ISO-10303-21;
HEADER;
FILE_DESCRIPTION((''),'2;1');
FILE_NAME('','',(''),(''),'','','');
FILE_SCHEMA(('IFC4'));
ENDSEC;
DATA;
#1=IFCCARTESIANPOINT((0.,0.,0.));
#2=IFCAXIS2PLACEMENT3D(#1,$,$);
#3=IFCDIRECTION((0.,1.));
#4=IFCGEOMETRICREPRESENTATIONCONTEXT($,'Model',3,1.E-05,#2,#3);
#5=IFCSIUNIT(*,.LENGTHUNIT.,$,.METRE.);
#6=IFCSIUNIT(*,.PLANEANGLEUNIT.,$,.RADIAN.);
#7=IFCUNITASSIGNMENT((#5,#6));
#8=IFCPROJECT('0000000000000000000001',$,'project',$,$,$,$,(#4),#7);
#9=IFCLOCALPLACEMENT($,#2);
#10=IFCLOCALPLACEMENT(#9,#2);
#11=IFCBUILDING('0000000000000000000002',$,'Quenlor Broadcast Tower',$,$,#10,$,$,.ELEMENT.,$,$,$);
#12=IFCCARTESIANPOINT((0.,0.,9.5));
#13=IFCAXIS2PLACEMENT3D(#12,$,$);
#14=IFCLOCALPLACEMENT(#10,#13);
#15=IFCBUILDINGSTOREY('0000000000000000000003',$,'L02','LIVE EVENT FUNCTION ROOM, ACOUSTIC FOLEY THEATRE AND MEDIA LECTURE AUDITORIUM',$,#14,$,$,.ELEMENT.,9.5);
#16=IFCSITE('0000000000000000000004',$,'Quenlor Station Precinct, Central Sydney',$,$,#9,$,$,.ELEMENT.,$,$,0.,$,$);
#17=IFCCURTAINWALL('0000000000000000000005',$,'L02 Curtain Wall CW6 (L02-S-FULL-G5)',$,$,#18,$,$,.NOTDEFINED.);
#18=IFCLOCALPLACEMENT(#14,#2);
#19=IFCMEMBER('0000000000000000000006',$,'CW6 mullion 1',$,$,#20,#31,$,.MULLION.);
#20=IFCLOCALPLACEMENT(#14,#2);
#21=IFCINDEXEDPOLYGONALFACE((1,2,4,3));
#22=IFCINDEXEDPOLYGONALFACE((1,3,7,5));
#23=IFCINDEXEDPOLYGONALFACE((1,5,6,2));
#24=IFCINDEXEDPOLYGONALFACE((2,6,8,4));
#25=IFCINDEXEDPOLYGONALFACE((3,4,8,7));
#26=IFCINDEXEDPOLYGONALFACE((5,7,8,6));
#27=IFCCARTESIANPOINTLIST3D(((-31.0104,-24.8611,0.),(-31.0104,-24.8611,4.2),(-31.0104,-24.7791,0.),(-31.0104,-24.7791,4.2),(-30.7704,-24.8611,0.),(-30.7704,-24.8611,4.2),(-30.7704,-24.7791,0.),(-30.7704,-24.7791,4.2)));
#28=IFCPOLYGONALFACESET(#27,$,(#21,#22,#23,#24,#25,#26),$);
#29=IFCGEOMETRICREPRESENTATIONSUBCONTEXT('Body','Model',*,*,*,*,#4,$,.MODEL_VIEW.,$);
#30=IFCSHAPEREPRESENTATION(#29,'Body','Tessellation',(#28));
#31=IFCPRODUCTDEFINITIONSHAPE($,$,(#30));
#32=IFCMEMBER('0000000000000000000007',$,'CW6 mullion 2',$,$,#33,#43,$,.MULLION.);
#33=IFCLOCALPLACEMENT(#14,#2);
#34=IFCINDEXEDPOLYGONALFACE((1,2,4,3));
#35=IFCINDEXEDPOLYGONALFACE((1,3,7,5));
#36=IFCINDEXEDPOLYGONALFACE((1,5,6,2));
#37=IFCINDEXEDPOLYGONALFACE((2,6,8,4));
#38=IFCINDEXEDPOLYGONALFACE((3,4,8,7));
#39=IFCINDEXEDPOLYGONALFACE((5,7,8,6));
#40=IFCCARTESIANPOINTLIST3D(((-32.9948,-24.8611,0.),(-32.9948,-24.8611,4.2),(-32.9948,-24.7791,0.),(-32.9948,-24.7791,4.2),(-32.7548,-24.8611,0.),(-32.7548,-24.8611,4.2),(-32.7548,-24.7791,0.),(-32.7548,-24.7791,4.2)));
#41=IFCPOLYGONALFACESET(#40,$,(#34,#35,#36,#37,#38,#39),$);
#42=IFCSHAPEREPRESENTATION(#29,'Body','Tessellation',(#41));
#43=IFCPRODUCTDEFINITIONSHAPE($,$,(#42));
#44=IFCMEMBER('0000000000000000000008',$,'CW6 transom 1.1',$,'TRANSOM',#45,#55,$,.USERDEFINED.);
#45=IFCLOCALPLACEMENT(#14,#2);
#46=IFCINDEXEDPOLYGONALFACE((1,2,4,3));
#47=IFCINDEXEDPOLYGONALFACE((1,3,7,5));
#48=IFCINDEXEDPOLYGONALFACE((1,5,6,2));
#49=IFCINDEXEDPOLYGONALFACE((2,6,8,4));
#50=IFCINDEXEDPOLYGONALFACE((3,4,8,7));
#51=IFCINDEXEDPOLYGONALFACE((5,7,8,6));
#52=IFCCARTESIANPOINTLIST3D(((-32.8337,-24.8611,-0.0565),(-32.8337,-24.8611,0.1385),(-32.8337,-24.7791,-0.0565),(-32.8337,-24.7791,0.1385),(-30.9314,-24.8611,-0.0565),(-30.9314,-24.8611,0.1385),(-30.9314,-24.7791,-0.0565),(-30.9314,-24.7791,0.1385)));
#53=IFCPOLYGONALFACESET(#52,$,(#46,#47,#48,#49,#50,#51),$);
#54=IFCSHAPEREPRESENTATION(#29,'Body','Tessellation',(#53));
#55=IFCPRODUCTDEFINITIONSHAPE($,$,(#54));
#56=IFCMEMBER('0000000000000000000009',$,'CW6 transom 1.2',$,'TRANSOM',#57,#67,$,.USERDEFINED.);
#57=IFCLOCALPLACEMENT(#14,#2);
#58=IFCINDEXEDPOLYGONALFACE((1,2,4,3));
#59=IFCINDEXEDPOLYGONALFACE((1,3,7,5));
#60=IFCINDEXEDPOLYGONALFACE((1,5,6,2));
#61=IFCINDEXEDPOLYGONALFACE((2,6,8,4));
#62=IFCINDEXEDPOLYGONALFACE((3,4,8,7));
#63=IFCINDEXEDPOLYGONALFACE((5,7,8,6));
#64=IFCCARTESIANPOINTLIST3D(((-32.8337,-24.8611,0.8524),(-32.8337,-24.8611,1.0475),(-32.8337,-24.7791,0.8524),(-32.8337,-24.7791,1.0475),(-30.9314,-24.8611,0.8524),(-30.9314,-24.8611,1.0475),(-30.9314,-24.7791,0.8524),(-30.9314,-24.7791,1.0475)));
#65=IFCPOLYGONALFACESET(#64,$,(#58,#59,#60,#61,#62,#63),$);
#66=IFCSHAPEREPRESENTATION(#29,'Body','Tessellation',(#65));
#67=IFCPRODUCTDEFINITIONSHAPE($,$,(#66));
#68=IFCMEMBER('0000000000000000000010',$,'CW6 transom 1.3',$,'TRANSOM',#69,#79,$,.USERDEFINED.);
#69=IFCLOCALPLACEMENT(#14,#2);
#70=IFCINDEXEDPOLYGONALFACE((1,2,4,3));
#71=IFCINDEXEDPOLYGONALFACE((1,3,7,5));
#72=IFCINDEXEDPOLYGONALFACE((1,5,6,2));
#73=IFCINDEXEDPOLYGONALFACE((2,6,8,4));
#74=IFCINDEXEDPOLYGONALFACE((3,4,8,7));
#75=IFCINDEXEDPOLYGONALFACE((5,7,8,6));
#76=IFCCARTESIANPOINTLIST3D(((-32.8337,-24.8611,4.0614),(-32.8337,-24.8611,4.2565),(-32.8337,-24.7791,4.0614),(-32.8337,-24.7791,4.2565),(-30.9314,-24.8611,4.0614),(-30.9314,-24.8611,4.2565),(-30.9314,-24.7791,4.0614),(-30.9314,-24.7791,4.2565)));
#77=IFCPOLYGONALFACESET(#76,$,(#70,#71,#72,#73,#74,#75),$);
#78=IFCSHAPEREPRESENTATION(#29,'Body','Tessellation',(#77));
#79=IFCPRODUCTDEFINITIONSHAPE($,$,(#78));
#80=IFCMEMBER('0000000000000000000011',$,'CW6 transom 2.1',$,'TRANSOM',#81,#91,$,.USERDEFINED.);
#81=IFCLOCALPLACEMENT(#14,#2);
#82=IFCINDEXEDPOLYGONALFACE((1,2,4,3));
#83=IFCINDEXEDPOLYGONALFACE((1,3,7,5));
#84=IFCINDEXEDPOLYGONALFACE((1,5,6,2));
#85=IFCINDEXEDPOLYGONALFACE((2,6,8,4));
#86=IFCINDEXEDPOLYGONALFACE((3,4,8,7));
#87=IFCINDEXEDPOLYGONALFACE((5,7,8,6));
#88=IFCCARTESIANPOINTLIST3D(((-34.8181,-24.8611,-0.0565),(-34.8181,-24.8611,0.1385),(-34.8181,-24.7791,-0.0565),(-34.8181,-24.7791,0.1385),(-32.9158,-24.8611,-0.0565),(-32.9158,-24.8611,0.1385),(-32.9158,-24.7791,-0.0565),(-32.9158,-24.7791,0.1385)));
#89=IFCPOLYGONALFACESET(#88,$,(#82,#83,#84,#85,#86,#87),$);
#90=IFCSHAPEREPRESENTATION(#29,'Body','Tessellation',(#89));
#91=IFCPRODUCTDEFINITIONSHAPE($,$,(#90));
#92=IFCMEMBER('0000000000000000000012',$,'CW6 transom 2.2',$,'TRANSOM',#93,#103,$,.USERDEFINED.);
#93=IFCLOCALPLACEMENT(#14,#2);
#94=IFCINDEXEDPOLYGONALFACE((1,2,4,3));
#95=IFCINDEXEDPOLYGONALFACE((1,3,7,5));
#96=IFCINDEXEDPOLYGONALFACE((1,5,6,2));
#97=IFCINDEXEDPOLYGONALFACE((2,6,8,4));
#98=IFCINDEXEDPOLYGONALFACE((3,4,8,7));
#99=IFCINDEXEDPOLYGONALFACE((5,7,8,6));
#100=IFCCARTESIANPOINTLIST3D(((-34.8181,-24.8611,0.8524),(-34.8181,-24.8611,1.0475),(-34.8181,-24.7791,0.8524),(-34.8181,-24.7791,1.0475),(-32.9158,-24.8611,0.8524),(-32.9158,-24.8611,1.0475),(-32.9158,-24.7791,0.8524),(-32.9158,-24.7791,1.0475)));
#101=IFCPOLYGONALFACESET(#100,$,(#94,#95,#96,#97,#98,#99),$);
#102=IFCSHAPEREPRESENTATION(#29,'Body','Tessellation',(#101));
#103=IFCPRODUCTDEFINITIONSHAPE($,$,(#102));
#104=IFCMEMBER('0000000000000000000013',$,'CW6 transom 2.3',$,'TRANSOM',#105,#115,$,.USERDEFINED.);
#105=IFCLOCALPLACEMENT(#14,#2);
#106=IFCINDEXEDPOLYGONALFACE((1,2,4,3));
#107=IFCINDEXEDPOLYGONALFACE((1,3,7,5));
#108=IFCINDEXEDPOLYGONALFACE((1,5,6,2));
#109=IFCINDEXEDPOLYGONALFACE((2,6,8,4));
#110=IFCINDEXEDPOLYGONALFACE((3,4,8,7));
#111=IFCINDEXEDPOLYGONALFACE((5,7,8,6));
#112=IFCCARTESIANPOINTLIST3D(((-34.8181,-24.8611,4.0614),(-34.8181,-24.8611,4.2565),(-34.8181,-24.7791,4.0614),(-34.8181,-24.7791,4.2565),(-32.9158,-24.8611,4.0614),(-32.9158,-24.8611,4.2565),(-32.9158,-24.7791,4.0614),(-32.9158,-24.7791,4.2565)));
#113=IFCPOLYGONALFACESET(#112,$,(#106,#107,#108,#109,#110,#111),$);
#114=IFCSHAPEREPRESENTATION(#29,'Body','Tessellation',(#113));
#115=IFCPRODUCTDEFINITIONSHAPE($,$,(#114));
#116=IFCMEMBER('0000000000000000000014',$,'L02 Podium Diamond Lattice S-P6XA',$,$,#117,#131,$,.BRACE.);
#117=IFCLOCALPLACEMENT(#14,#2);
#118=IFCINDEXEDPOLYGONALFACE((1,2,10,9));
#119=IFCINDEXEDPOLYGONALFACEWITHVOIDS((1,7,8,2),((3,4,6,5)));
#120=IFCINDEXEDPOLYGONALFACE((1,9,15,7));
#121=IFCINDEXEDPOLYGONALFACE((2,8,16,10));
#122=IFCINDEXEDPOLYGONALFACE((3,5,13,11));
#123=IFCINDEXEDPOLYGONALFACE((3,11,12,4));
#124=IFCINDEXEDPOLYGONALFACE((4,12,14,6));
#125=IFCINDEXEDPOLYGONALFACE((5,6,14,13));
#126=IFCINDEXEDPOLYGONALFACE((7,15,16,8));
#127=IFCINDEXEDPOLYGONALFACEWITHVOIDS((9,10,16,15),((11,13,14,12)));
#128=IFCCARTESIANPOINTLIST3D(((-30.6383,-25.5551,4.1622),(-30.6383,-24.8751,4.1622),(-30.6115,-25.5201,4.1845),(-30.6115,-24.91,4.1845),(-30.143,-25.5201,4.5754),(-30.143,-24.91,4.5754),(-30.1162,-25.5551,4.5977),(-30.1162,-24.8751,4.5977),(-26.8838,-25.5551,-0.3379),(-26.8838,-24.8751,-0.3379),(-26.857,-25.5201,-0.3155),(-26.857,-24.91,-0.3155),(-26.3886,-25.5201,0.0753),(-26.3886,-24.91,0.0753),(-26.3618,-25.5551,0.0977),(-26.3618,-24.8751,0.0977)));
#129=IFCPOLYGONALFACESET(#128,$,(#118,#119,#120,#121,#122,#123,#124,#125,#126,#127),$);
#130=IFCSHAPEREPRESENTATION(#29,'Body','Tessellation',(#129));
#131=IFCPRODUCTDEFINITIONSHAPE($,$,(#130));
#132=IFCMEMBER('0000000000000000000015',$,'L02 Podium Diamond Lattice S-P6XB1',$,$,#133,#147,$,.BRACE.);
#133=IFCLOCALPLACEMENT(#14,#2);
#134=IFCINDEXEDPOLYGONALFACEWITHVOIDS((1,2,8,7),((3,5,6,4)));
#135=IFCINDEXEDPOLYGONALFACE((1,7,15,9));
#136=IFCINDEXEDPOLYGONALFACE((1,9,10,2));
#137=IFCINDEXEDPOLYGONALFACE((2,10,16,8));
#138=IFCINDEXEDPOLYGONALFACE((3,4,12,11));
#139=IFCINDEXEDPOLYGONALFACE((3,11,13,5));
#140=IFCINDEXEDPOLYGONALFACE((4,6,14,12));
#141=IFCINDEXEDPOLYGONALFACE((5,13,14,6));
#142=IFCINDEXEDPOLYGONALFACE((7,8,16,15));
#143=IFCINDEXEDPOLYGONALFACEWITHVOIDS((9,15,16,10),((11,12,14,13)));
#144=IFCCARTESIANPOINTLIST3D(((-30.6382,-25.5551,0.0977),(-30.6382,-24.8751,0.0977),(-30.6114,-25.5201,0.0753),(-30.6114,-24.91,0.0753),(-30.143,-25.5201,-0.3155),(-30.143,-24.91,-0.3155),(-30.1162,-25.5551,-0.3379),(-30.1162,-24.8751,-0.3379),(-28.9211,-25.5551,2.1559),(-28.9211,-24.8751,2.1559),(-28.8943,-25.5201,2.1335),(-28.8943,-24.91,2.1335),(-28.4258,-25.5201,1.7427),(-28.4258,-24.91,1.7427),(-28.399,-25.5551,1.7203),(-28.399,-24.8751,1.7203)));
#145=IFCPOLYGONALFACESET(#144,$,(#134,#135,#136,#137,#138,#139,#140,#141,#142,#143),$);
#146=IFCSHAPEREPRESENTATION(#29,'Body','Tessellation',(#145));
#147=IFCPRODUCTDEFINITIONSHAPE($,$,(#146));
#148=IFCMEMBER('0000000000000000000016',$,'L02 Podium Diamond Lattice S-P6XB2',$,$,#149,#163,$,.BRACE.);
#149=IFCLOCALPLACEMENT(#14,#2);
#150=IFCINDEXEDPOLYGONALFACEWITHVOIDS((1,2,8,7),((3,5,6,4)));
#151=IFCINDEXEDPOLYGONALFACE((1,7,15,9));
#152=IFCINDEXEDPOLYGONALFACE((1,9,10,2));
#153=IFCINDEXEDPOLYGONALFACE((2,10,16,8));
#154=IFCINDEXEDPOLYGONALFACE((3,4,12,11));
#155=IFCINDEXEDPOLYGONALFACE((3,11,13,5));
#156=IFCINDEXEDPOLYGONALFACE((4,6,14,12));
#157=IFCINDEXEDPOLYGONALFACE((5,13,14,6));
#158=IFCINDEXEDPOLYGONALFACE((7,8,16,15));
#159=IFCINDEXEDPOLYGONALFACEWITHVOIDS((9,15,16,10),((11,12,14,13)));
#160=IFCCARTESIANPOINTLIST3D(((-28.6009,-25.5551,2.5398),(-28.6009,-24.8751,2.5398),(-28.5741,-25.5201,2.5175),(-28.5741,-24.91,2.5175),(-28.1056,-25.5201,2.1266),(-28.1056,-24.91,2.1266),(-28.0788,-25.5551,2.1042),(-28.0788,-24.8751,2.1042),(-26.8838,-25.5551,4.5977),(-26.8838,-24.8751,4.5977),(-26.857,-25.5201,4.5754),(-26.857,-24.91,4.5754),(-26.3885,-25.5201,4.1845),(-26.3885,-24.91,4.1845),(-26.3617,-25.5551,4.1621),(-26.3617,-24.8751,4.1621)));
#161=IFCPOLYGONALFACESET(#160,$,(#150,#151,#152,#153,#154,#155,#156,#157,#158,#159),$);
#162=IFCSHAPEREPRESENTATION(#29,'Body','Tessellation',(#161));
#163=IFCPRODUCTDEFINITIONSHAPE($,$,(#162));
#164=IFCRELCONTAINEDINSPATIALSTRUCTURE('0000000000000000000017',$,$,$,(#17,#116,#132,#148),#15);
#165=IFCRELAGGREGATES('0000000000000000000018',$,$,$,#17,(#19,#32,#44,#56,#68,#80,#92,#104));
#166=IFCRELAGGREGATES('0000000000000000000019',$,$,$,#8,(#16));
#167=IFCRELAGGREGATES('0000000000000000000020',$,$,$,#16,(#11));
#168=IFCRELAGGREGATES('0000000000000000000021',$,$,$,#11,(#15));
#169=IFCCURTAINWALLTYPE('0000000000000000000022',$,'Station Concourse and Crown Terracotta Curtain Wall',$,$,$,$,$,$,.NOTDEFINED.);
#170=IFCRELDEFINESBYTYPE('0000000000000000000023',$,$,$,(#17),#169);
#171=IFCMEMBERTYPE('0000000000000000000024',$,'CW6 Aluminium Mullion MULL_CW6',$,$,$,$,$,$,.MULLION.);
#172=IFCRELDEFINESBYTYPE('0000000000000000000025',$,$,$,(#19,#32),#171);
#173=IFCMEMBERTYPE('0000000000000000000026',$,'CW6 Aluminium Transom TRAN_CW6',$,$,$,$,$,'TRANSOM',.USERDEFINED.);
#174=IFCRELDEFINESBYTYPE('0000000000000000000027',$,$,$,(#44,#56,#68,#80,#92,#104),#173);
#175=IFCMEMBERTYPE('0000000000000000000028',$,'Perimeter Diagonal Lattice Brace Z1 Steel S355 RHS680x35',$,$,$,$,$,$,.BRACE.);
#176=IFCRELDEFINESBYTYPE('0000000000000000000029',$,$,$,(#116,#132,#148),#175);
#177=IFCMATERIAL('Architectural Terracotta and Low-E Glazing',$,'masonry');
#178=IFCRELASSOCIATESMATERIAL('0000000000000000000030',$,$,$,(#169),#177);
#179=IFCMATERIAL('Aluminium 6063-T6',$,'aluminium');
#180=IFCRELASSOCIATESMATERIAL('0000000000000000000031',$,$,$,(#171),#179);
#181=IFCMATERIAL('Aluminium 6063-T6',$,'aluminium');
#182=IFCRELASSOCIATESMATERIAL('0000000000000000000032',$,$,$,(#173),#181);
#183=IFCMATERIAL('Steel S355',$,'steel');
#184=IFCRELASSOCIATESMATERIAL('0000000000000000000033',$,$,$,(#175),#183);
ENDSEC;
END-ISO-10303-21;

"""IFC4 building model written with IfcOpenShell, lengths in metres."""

from ifc_helpers import new_model, si_unit, direction, frame, origin, origin_2d, place, context, subcontext, project, spatial, rectangle, hollow_rectangle, extrude, material, material_profile, profile_set, type_object, element, aggregate, save


model = new_model("IFC4")

# Units and contexts
model_context = context("Model", 3, precision=1e-05, world=origin(), true_north=direction((0.0, 1.0)))
body_context = subcontext(model_context, "Body", "Model", "MODEL_VIEW")
ifc_project = project(units=[si_unit("LENGTHUNIT", "METRE"), si_unit("PLANEANGLEUNIT", "RADIAN")], contexts=[model_context])

# Site, building, storey
site_placement = place(None, origin())
site = spatial("IfcSite", under=ifc_project, at=site_placement, Name="Quenlor Station Precinct, Central Sydney", CompositionType="ELEMENT", RefElevation=0.0)
building_placement = place(site_placement, origin())
building = spatial("IfcBuilding", under=site, at=building_placement, Name="Quenlor Broadcast Tower", CompositionType="ELEMENT")
storey_placement = place(building_placement, frame((0.0, 0.0, 9.5)))
storey = spatial("IfcBuildingStorey", under=building, at=storey_placement, Name="L02", Description="LIVE EVENT FUNCTION ROOM, ACOUSTIC FOLEY THEATRE AND MEDIA LECTURE AUDITORIUM", CompositionType="ELEMENT", Elevation=9.5)

# Curtain wall, members
ifc_material_1 = material(Name="Architectural Terracotta and Low-E Glazing", Category="masonry")
curtain_wall_type = type_object("IfcCurtainWallType", Name="Station Concourse and Crown Terracotta Curtain Wall", PredefinedType="NOTDEFINED", material=ifc_material_1)
curtain_wall_placement = place(storey_placement, origin())
curtain_wall = element("IfcCurtainWall", 1, at=curtain_wall_placement, inside=storey, type_object=curtain_wall_type, Name="L02 Curtain Wall CW6 (L02-S-FULL-G5)", PredefinedType="NOTDEFINED")
ifc_material_2 = material(Name="Aluminium 6063-T6", Category="aluminium")
ifc_material_profile_1 = material_profile(ifc_material_2, rectangle(XDim=0.082, YDim=0.24, at=origin_2d()))
ifc_profile_set_1 = profile_set([ifc_material_profile_1], Name="Aluminium 6063-T6 MULL82x240")
member_type_1 = type_object("IfcMemberType", Name="CW6 Aluminium Mullion MULL_CW6", PredefinedType="MULLION", material=ifc_profile_set_1)
member_1_placement = place(storey_placement, frame((-30.8904, -24.8201, 0.0), z_axis=(0.0, 0.0, 1.0), x_axis=(0.0, -1.0, 0.0)))
member_1 = element("IfcMember", 2, at=member_1_placement, type_object=member_type_1, Name="CW6 mullion 1", PredefinedType="MULLION", context=body_context, shape_type="SweptSolid", body=[
    extrude(rectangle(XDim=0.082, YDim=0.24, at=origin_2d()), origin(), (0.0, 0.0, 1.0), 4.2),
])
member_2_placement = place(storey_placement, frame((-32.8748, -24.8201, 0.0), z_axis=(0.0, 0.0, 1.0), x_axis=(0.0, -1.0, 0.0)))
member_2 = element("IfcMember", 3, at=member_2_placement, type_object=member_type_1, Name="CW6 mullion 2", PredefinedType="MULLION", context=body_context, shape_type="SweptSolid", body=[
    extrude(rectangle(XDim=0.082, YDim=0.24, at=origin_2d()), origin(), (0.0, 0.0, 1.0), 4.2),
])
ifc_material_3 = material(Name="Aluminium 6063-T6", Category="aluminium")
ifc_material_profile_2 = material_profile(ifc_material_3, rectangle(XDim=0.082, YDim=0.1951, at=origin_2d()))
ifc_profile_set_2 = profile_set([ifc_material_profile_2], Name="Aluminium 6063-T6 TRAN82x195")
member_type_2 = type_object("IfcMemberType", Name="CW6 Aluminium Transom TRAN_CW6", ElementType="TRANSOM", PredefinedType="USERDEFINED", material=ifc_profile_set_2)
member_3_placement = place(storey_placement, frame((-30.9314, -24.8201, 0.041), z_axis=(-1.0, 0.0, 0.0), x_axis=(0.0, -1.0, 0.0)))
member_3 = element("IfcMember", 4, at=member_3_placement, type_object=member_type_2, Name="CW6 transom 1.1", ObjectType="TRANSOM", PredefinedType="USERDEFINED", context=body_context, shape_type="SweptSolid", body=[
    extrude(rectangle(XDim=0.082, YDim=0.1951, at=origin_2d()), origin(), (0.0, 0.0, 1.0), 1.9023),
])
member_4_placement = place(storey_placement, frame((-30.9314, -24.8201, 0.95), z_axis=(-1.0, 0.0, 0.0), x_axis=(0.0, -1.0, 0.0)))
member_4 = element("IfcMember", 5, at=member_4_placement, type_object=member_type_2, Name="CW6 transom 1.2", ObjectType="TRANSOM", PredefinedType="USERDEFINED", context=body_context, shape_type="SweptSolid", body=[
    extrude(rectangle(XDim=0.082, YDim=0.1951, at=origin_2d()), origin(), (0.0, 0.0, 1.0), 1.9023),
])
member_5_placement = place(storey_placement, frame((-30.9314, -24.8201, 4.1589), z_axis=(-1.0, 0.0, 0.0), x_axis=(0.0, -1.0, 0.0)))
member_5 = element("IfcMember", 6, at=member_5_placement, type_object=member_type_2, Name="CW6 transom 1.3", ObjectType="TRANSOM", PredefinedType="USERDEFINED", context=body_context, shape_type="SweptSolid", body=[
    extrude(rectangle(XDim=0.082, YDim=0.1951, at=origin_2d()), origin(), (0.0, 0.0, 1.0), 1.9023),
])
member_6_placement = place(storey_placement, frame((-32.9158, -24.8201, 0.041), z_axis=(-1.0, 0.0, 0.0), x_axis=(0.0, -1.0, 0.0)))
member_6 = element("IfcMember", 7, at=member_6_placement, type_object=member_type_2, Name="CW6 transom 2.1", ObjectType="TRANSOM", PredefinedType="USERDEFINED", context=body_context, shape_type="SweptSolid", body=[
    extrude(rectangle(XDim=0.082, YDim=0.1951, at=origin_2d()), origin(), (0.0, 0.0, 1.0), 1.9023),
])
member_7_placement = place(storey_placement, frame((-32.9158, -24.8201, 0.95), z_axis=(-1.0, 0.0, 0.0), x_axis=(0.0, -1.0, 0.0)))
member_7 = element("IfcMember", 8, at=member_7_placement, type_object=member_type_2, Name="CW6 transom 2.2", ObjectType="TRANSOM", PredefinedType="USERDEFINED", context=body_context, shape_type="SweptSolid", body=[
    extrude(rectangle(XDim=0.082, YDim=0.1951, at=origin_2d()), origin(), (0.0, 0.0, 1.0), 1.9023),
])
member_8_placement = place(storey_placement, frame((-32.9158, -24.8201, 4.1589), z_axis=(-1.0, 0.0, 0.0), x_axis=(0.0, -1.0, 0.0)))
member_8 = element("IfcMember", 9, at=member_8_placement, type_object=member_type_2, Name="CW6 transom 2.3", ObjectType="TRANSOM", PredefinedType="USERDEFINED", context=body_context, shape_type="SweptSolid", body=[
    extrude(rectangle(XDim=0.082, YDim=0.1951, at=origin_2d()), origin(), (0.0, 0.0, 1.0), 1.9023),
])

# Members
ifc_material_4 = material(Name="Steel S355", Category="steel")
ifc_material_profile_3 = material_profile(ifc_material_4, hollow_rectangle(XDim=0.6799, YDim=0.6799, WallThickness=0.0349, at=origin_2d()))
ifc_profile_set_3 = profile_set([ifc_material_profile_3], Name="Steel S355 RHS680x680x35")
member_type_3 = type_object("IfcMemberType", Name="Perimeter Diagonal Lattice Brace Z1 Steel S355 RHS680x35", PredefinedType="BRACE", material=ifc_profile_set_3)
member_9_placement = place(storey_placement, frame((-26.6228, -25.2151, -0.1201), z_axis=(-0.640627, 0.0, 0.767852), x_axis=(0.0, -1.0, 0.0)))
element("IfcMember", 10, at=member_9_placement, inside=storey, type_object=member_type_3, Name="L02 Podium Diamond Lattice S-P6XA", PredefinedType="BRACE", context=body_context, shape_type="SweptSolid", body=[
    extrude(hollow_rectangle(XDim=0.6799, YDim=0.6799, WallThickness=0.0349, at=origin_2d()), origin(), (0.0, 0.0, 1.0), 5.8606),
])
member_10_placement = place(storey_placement, frame((-30.3772, -25.2151, -0.1201), z_axis=(0.640614, 0.0, 0.767863), x_axis=(0.0, 1.0, 0.0)))
element("IfcMember", 11, at=member_10_placement, inside=storey, type_object=member_type_3, Name="L02 Podium Diamond Lattice S-P6XB1", PredefinedType="BRACE", context=body_context, shape_type="SweptSolid", body=[
    extrude(hollow_rectangle(XDim=0.6799, YDim=0.6799, WallThickness=0.0349, at=origin_2d()), origin(), (0.0, 0.0, 1.0), 2.6804),
])
member_11_placement = place(storey_placement, frame((-28.3398, -25.2151, 2.322), z_axis=(0.640659, 0.0, 0.767825), x_axis=(0.0, 1.0, 0.0)))
element("IfcMember", 12, at=member_11_placement, inside=storey, type_object=member_type_3, Name="L02 Podium Diamond Lattice S-P6XB2", PredefinedType="BRACE", context=body_context, shape_type="SweptSolid", body=[
    extrude(hollow_rectangle(XDim=0.6799, YDim=0.6799, WallThickness=0.0349, at=origin_2d()), origin(), (0.0, 0.0, 1.0), 2.6802),
])

aggregate(curtain_wall, [member_1, member_2, member_3, member_4, member_5, member_6, member_7, member_8])

save(model, "model.ifc")
